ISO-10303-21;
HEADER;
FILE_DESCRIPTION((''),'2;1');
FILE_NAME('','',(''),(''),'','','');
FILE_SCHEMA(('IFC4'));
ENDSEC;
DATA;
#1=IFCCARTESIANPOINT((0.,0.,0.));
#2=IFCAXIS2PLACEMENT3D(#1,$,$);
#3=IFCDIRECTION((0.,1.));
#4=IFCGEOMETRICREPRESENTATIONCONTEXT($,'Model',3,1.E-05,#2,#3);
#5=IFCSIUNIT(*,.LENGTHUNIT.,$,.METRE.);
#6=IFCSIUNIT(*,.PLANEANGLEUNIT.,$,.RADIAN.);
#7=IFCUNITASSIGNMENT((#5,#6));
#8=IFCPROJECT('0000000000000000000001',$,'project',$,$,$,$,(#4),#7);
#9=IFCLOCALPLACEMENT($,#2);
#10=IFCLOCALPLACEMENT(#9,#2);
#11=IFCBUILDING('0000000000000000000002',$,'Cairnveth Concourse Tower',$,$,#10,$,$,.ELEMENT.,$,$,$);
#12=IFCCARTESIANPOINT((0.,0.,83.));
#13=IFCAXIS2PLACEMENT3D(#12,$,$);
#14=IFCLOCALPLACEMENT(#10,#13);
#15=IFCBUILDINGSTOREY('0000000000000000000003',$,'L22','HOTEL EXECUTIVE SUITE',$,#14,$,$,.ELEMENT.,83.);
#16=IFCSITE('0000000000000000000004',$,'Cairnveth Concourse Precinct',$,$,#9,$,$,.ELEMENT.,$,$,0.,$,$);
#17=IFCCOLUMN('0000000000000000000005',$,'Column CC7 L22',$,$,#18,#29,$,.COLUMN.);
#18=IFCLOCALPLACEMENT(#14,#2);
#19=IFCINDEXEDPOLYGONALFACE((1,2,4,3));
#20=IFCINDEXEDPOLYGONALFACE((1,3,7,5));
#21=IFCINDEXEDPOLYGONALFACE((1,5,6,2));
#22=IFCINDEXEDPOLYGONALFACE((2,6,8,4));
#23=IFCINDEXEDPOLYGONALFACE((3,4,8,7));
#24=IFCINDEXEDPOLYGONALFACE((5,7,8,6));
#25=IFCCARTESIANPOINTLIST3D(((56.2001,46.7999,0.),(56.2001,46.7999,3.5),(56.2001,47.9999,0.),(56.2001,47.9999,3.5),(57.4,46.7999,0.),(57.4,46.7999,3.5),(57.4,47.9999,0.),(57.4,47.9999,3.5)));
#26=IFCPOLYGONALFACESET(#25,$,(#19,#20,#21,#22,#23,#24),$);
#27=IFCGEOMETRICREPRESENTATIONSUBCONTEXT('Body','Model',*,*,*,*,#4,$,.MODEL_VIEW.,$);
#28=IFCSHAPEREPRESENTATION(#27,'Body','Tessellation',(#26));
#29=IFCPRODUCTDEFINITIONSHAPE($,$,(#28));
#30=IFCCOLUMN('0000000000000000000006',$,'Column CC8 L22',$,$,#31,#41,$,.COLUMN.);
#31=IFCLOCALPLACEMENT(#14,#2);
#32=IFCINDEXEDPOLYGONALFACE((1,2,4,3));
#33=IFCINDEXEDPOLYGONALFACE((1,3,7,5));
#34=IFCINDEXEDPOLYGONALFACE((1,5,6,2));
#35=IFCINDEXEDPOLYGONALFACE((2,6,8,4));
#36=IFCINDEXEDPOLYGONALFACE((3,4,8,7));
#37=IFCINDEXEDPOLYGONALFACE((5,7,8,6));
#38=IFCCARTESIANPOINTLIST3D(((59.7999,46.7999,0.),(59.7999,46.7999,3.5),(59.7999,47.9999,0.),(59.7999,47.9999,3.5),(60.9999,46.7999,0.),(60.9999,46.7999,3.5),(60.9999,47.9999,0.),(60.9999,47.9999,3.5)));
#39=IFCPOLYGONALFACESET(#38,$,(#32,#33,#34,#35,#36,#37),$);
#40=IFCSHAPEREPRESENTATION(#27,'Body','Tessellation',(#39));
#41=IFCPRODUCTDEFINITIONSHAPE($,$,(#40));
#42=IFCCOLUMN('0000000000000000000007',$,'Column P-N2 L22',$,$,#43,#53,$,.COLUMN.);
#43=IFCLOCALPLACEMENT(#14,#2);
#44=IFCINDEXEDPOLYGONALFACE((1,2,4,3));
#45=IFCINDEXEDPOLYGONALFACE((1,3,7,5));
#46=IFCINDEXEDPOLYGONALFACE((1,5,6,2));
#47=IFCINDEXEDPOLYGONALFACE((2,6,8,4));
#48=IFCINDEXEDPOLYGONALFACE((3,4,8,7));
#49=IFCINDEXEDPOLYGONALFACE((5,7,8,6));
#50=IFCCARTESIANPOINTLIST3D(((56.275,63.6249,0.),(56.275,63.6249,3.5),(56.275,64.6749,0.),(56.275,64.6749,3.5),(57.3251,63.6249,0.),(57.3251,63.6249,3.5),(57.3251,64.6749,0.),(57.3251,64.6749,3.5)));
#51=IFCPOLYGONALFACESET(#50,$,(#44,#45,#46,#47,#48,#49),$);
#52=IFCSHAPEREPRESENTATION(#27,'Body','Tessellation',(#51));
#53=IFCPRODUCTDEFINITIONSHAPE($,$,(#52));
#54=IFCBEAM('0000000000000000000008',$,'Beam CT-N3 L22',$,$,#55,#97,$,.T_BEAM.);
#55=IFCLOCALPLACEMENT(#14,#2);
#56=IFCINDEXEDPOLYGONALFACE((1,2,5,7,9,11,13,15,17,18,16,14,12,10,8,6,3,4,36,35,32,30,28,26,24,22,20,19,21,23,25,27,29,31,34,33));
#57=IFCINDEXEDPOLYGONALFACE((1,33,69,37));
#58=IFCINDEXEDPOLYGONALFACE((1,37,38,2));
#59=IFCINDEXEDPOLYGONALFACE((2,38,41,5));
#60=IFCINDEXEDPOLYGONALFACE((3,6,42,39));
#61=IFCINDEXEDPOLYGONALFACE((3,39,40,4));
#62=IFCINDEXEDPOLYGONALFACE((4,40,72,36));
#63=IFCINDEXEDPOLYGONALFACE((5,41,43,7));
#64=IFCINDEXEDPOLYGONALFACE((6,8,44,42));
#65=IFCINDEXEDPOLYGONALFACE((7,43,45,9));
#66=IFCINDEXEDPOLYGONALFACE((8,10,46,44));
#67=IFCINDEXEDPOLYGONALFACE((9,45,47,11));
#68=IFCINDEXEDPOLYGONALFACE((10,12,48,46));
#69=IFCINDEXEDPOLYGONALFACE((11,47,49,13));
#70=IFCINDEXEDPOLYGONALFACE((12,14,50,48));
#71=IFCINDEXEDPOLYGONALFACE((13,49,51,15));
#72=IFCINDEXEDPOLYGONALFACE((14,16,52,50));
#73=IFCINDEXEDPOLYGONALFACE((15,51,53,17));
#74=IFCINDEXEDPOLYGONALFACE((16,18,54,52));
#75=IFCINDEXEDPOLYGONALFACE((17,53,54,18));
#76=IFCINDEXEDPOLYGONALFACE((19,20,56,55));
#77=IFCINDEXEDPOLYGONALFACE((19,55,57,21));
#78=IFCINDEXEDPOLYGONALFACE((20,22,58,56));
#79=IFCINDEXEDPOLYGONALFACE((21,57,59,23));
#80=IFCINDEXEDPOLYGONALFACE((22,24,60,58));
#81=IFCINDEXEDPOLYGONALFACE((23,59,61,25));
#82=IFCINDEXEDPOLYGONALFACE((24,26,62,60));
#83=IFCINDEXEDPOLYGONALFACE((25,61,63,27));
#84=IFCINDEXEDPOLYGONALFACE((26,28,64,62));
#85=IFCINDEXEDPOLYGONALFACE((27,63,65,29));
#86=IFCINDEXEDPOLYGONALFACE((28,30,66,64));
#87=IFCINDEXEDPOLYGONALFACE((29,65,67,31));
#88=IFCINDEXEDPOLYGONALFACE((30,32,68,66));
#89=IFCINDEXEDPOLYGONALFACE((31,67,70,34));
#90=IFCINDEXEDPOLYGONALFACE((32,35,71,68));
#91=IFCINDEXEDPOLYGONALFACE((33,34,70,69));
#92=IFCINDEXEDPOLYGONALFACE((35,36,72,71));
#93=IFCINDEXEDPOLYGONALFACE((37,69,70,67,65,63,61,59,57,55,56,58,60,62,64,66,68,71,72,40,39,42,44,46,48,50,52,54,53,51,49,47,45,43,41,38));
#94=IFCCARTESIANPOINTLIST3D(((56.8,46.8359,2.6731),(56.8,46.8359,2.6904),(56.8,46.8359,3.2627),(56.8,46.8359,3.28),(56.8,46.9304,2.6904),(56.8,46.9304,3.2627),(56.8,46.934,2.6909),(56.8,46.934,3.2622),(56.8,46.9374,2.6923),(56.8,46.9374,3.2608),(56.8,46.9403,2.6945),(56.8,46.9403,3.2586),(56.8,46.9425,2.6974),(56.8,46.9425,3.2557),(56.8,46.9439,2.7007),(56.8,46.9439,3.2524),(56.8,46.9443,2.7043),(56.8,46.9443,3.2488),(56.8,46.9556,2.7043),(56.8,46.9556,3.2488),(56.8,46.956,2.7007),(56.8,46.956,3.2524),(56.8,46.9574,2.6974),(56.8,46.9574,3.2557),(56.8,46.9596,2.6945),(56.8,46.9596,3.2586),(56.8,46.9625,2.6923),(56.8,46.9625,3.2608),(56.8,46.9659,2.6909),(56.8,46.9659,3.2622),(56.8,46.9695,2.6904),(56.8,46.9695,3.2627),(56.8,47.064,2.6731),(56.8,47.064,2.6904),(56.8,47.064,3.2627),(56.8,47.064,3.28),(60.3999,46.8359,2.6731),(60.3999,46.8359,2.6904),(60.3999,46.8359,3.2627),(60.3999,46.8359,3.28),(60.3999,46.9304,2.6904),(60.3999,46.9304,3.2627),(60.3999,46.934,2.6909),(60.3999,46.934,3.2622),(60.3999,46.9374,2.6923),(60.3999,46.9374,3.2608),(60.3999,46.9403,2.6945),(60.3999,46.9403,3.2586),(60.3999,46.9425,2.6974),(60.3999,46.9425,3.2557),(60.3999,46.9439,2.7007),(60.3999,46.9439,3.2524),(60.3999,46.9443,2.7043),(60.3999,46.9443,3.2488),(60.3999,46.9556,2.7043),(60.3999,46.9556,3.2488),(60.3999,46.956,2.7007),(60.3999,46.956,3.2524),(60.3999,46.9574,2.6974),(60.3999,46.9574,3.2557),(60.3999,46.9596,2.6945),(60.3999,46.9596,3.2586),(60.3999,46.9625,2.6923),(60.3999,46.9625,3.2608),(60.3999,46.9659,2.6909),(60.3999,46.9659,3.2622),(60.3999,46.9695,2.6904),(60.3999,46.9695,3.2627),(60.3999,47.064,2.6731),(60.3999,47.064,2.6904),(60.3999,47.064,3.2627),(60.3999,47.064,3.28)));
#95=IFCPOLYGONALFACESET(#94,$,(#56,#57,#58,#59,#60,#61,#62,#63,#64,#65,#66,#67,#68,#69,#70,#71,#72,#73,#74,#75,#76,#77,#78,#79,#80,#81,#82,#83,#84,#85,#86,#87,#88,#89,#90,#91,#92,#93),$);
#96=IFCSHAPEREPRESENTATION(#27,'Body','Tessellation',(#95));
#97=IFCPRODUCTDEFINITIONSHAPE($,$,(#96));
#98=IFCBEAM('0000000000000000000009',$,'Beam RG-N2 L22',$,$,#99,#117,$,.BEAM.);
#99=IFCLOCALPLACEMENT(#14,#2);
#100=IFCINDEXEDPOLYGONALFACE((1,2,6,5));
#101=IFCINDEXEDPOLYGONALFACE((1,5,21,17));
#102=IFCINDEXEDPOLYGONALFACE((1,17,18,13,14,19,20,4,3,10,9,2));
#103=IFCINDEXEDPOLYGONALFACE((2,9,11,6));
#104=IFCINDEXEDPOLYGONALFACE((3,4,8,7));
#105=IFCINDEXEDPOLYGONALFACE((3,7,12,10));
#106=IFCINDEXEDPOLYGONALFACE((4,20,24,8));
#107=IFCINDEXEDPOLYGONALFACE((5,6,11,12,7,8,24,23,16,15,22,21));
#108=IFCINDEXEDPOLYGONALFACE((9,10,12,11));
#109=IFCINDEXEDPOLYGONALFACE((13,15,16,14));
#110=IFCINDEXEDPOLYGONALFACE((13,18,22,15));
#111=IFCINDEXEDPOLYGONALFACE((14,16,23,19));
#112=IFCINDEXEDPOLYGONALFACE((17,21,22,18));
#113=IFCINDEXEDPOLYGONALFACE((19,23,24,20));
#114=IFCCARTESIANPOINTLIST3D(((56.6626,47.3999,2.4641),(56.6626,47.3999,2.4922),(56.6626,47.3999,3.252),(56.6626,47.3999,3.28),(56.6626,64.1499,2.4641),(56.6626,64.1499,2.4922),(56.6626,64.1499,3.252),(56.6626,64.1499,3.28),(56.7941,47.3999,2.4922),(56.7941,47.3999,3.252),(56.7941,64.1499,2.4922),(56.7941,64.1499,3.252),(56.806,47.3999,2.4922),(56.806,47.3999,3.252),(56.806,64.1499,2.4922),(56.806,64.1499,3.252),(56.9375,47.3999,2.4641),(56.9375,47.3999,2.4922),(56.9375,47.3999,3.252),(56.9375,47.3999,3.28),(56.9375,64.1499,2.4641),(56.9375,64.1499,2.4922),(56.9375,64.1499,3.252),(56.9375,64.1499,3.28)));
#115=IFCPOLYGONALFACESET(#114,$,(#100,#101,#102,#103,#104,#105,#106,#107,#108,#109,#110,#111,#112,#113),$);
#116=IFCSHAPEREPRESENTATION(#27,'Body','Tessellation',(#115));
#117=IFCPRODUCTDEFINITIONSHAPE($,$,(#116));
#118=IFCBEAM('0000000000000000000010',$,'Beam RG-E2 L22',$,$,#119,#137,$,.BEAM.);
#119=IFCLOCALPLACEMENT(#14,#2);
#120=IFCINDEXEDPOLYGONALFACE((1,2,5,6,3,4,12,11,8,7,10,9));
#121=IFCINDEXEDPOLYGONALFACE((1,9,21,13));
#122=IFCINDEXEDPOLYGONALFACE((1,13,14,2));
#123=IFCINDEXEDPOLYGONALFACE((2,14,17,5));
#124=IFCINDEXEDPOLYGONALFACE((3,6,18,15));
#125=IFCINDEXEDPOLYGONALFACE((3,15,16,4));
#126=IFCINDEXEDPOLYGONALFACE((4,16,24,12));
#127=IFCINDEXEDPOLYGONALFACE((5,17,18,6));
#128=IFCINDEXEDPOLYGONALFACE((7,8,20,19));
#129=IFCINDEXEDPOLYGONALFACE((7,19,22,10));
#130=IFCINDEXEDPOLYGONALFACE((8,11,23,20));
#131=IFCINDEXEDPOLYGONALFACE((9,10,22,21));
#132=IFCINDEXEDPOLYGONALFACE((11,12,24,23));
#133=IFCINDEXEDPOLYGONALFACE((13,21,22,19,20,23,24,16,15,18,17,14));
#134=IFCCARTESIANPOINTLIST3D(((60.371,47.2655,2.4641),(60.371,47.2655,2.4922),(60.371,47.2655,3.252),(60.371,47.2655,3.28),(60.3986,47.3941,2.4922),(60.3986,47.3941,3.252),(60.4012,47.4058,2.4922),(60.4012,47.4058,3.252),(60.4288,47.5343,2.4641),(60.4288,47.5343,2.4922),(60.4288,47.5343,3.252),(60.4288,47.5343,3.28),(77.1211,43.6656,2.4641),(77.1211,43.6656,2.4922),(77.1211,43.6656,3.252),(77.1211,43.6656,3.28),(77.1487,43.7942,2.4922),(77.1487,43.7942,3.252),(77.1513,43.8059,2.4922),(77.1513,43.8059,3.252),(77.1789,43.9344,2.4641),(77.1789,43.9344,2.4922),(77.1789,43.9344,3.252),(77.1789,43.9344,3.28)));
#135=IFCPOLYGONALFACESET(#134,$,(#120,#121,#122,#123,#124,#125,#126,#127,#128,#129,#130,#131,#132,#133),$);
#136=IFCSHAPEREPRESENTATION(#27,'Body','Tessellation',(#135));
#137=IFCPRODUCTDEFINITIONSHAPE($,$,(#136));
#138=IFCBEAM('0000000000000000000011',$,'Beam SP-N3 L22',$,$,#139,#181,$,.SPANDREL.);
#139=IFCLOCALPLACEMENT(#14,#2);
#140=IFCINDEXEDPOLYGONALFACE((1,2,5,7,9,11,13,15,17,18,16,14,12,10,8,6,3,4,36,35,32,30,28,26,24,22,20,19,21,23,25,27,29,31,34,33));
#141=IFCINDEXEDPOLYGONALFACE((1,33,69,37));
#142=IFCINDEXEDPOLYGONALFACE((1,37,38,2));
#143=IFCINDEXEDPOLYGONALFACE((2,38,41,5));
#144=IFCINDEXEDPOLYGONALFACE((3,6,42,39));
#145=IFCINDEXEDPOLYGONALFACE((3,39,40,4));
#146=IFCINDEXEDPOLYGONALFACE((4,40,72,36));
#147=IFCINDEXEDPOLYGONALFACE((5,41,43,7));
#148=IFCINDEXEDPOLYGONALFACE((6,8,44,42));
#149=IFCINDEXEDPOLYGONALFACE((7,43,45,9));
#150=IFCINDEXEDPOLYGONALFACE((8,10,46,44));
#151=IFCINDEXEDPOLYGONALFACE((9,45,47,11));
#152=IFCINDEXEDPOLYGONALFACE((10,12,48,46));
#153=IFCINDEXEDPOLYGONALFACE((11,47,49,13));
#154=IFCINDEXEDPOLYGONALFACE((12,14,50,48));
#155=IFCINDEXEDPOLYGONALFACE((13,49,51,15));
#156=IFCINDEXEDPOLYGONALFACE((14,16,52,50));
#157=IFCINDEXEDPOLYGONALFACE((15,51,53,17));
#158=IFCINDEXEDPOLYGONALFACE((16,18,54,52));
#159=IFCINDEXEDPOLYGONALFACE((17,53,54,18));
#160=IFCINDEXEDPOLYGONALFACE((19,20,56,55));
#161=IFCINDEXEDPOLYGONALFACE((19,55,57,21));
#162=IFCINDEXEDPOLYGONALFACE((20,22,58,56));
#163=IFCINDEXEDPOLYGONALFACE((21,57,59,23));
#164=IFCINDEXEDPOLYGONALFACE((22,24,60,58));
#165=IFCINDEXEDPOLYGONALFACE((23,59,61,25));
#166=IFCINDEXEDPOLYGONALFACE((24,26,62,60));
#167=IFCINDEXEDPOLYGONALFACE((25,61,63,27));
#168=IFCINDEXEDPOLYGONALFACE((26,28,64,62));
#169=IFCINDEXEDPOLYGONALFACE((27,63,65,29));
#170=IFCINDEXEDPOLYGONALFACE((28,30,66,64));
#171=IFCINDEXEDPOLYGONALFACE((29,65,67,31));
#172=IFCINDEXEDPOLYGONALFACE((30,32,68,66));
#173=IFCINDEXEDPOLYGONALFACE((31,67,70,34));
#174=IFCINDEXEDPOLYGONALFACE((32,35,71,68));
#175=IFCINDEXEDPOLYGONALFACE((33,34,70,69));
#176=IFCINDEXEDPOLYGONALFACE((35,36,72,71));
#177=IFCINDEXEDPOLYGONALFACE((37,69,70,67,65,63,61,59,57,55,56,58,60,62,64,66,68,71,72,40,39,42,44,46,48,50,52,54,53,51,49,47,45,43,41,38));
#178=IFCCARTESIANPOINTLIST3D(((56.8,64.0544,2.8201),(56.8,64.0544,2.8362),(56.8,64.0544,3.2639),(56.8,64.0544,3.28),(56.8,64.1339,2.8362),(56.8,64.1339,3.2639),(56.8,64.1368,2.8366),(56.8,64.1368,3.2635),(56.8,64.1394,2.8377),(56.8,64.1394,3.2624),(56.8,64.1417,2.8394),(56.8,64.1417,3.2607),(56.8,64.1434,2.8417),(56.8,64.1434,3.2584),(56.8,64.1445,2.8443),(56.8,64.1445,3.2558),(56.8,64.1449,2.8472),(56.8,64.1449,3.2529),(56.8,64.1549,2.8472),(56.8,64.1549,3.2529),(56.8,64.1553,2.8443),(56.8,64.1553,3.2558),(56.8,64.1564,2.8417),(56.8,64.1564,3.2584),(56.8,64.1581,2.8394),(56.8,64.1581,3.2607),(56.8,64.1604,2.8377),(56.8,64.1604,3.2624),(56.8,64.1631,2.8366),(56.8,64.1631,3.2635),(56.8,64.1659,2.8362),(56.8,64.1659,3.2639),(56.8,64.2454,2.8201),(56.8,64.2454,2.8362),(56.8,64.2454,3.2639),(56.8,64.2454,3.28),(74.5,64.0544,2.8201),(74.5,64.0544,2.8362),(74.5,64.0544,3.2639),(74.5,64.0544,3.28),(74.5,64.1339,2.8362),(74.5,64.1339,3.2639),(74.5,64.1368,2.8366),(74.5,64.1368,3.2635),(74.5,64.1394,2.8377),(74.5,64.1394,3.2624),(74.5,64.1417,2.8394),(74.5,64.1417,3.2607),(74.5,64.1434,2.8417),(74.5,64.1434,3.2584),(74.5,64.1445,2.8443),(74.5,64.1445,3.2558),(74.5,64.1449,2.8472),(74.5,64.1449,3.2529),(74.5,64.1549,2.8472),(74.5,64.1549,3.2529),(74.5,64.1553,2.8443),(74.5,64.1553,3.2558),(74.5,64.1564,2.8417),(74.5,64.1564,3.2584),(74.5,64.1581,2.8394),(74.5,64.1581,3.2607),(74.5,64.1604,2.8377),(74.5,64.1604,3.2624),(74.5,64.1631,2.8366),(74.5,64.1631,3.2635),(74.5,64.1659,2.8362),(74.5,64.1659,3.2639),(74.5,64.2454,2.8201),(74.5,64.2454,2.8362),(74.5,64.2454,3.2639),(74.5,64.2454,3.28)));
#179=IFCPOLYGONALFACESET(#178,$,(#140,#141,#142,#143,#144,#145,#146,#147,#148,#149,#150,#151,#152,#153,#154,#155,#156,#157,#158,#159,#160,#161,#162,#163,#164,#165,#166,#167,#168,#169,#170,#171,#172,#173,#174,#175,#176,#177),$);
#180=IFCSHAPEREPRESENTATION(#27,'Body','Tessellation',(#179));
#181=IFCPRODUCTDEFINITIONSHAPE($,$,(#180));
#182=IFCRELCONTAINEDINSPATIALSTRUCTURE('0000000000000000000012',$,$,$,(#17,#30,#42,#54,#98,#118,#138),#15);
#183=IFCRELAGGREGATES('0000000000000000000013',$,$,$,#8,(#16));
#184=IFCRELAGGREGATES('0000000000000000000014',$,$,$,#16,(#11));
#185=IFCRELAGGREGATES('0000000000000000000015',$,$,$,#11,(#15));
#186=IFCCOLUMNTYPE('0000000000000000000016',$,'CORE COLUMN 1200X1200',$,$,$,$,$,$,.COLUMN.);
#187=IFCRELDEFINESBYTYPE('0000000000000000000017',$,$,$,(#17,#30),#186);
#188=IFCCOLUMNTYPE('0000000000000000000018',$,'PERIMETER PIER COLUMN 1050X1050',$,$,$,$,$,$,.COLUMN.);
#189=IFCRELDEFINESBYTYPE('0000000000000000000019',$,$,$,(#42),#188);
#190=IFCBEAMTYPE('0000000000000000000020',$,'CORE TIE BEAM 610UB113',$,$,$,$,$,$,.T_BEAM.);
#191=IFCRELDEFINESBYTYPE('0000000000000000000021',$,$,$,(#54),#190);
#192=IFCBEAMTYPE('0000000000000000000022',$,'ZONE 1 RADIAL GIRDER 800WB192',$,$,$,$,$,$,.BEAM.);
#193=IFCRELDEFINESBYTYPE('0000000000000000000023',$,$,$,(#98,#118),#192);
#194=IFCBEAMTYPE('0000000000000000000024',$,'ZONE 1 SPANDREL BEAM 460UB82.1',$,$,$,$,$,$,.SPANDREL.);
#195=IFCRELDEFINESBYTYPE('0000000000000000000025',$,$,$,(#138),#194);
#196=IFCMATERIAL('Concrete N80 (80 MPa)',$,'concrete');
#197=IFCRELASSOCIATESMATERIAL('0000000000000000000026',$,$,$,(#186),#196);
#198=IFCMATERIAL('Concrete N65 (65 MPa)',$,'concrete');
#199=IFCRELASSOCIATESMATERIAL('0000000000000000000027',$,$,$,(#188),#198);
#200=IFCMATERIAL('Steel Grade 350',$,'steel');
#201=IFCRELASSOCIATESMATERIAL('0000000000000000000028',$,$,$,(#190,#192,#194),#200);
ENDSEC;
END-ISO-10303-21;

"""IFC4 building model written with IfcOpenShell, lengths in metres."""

from ifc_helpers import new_model, si_unit, direction, frame, origin, origin_2d, place, context, subcontext, project, spatial, rectangle, i_section, extrude, material, material_profile, profile_set, type_object, element, save


model = new_model("IFC4")

# Units and contexts
model_context = context("Model", 3, precision=1e-05, world=origin(), true_north=direction((0.0, 1.0)))
body_context = subcontext(model_context, "Body", "Model", "MODEL_VIEW")
ifc_project = project(units=[si_unit("LENGTHUNIT", "METRE"), si_unit("PLANEANGLEUNIT", "RADIAN")], contexts=[model_context])

# Site, building, storey
site_placement = place(None, origin())
site = spatial("IfcSite", under=ifc_project, at=site_placement, Name="Cairnveth Concourse Precinct", CompositionType="ELEMENT", RefElevation=0.0)
building_placement = place(site_placement, origin())
building = spatial("IfcBuilding", under=site, at=building_placement, Name="Cairnveth Concourse Tower", CompositionType="ELEMENT")
storey_placement = place(building_placement, frame((0.0, 0.0, 83.0)))
storey = spatial("IfcBuildingStorey", under=building, at=storey_placement, Name="L22", Description="HOTEL EXECUTIVE SUITE", CompositionType="ELEMENT", Elevation=83.0)

# Columns
ifc_material_1 = material(Name="Concrete N80 (80 MPa)", Category="concrete")
ifc_material_profile_1 = material_profile(ifc_material_1, rectangle(XDim=1.2, YDim=1.2, at=origin_2d()), Name="RC-COL-1200x1200")
ifc_profile_set_1 = profile_set([ifc_material_profile_1], Name="Concrete N80 (80 MPa)")
column_type_1 = type_object("IfcColumnType", Name="CORE COLUMN 1200X1200", PredefinedType="COLUMN", material=ifc_profile_set_1)
for number, where, z_axis, x_axis, name in (
    (1, (56.8, 47.3999, 0.0), (0.0, 0.0, 1.0), (1.0, 0.0, 0.0), "Column CC7 L22"),
    (2, (60.3999, 47.3999, 0.0), (0.0, 0.0, 1.0), (1.0, 0.0, 0.0), "Column CC8 L22"),
):
    element("IfcColumn", number, at=place(storey_placement, frame(where, z_axis=z_axis, x_axis=x_axis)), inside=storey, type_object=column_type_1, Name=name, PredefinedType="COLUMN", context=body_context, shape_type="SweptSolid", body=[
        extrude(rectangle(XDim=1.2, YDim=1.2, at=origin_2d()), origin(), (0.0, 0.0, 1.0), 3.5),
    ])
ifc_material_2 = material(Name="Concrete N65 (65 MPa)", Category="concrete")
ifc_material_profile_2 = material_profile(ifc_material_2, rectangle(XDim=1.05, YDim=1.05, at=origin_2d()), Name="RC-COL-1050x1050")
ifc_profile_set_2 = profile_set([ifc_material_profile_2], Name="Concrete N65 (65 MPa)")
column_type_2 = type_object("IfcColumnType", Name="PERIMETER PIER COLUMN 1050X1050", PredefinedType="COLUMN", material=ifc_profile_set_2)
column_placement = place(storey_placement, frame((56.8, 64.1499, 0.0), z_axis=(0.0, 0.0, 1.0), x_axis=(1.0, 0.0, 0.0)))
element("IfcColumn", 3, at=column_placement, inside=storey, type_object=column_type_2, Name="Column P-N2 L22", PredefinedType="COLUMN", context=body_context, shape_type="SweptSolid", body=[
    extrude(rectangle(XDim=1.05, YDim=1.05, at=origin_2d()), origin(), (0.0, 0.0, 1.0), 3.5),
])

# Beams
ifc_material_3 = material(Name="Steel Grade 350", Category="steel")
ifc_material_profile_3 = material_profile(ifc_material_3, i_section(OverallWidth=0.228, OverallDepth=0.6069, WebThickness=0.0112, FlangeThickness=0.0173, FilletRadius=0.0139, at=origin_2d()), Name="610UB113")
ifc_profile_set_3 = profile_set([ifc_material_profile_3], Name="Steel Grade 350")
beam_type_1 = type_object("IfcBeamType", Name="CORE TIE BEAM 610UB113", PredefinedType="T_BEAM", material=ifc_profile_set_3)
beam_1_placement = place(storey_placement, frame((56.8, 46.95, 2.9766), z_axis=(1.0, 0.0, 0.0), x_axis=(0.0, 1.0, 0.0)))
element("IfcBeam", 4, at=beam_1_placement, inside=storey, type_object=beam_type_1, Name="Beam CT-N3 L22", PredefinedType="T_BEAM", context=body_context, shape_type="SweptSolid", body=[
    extrude(i_section(OverallWidth=0.228, OverallDepth=0.6069, WebThickness=0.0112, FlangeThickness=0.0173, FilletRadius=0.0139, at=origin_2d()), origin(), (0.0, 0.0, 1.0), 3.5999),
])
ifc_material_profile_4 = material_profile(ifc_material_3, i_section(OverallWidth=0.2749, OverallDepth=0.8159, WebThickness=0.012, FlangeThickness=0.0281, at=origin_2d()), Name="800WB192")
ifc_profile_set_4 = profile_set([ifc_material_profile_4], Name="Steel Grade 350")
beam_type_2 = type_object("IfcBeamType", Name="ZONE 1 RADIAL GIRDER 800WB192", PredefinedType="BEAM", material=ifc_profile_set_4)
beam_2_placement = place(storey_placement, frame((56.8, 47.3999, 2.8721), z_axis=(0.0, 1.0, 0.0), x_axis=(-1.0, 0.0, 0.0)))
element("IfcBeam", 5, at=beam_2_placement, inside=storey, type_object=beam_type_2, Name="Beam RG-N2 L22", PredefinedType="BEAM", context=body_context, shape_type="SweptSolid", body=[
    extrude(i_section(OverallWidth=0.2749, OverallDepth=0.8159, WebThickness=0.012, FlangeThickness=0.0281, at=origin_2d()), origin(), (0.0, 0.0, 1.0), 16.75),
])
beam_3_placement = place(storey_placement, frame((60.3999, 47.3999, 2.8721), z_axis=(0.977676, -0.210119, 0.0), x_axis=(0.210119, 0.977676, 0.0)))
element("IfcBeam", 6, at=beam_3_placement, inside=storey, type_object=beam_type_2, Name="Beam RG-E2 L22", PredefinedType="BEAM", context=body_context, shape_type="SweptSolid", body=[
    extrude(i_section(OverallWidth=0.2749, OverallDepth=0.8159, WebThickness=0.012, FlangeThickness=0.0281, at=origin_2d()), origin(), (0.0, 0.0, 1.0), 17.1326),
])
ifc_material_profile_5 = material_profile(ifc_material_3, i_section(OverallWidth=0.1909, OverallDepth=0.46, WebThickness=0.01, FlangeThickness=0.0161, FilletRadius=0.011, at=origin_2d()), Name="460UB82.1")
ifc_profile_set_5 = profile_set([ifc_material_profile_5], Name="Steel Grade 350")
beam_type_3 = type_object("IfcBeamType", Name="ZONE 1 SPANDREL BEAM 460UB82.1", PredefinedType="SPANDREL", material=ifc_profile_set_5)
beam_4_placement = place(storey_placement, frame((56.8, 64.1499, 3.05), z_axis=(1.0, 0.0, 0.0), x_axis=(0.0, 1.0, 0.0)))
element("IfcBeam", 7, at=beam_4_placement, inside=storey, type_object=beam_type_3, Name="Beam SP-N3 L22", PredefinedType="SPANDREL", context=body_context, shape_type="SweptSolid", body=[
    extrude(i_section(OverallWidth=0.1909, OverallDepth=0.46, WebThickness=0.01, FlangeThickness=0.0161, FilletRadius=0.011, at=origin_2d()), origin(), (0.0, 0.0, 1.0), 17.7),
])

save(model, "model.ifc")
